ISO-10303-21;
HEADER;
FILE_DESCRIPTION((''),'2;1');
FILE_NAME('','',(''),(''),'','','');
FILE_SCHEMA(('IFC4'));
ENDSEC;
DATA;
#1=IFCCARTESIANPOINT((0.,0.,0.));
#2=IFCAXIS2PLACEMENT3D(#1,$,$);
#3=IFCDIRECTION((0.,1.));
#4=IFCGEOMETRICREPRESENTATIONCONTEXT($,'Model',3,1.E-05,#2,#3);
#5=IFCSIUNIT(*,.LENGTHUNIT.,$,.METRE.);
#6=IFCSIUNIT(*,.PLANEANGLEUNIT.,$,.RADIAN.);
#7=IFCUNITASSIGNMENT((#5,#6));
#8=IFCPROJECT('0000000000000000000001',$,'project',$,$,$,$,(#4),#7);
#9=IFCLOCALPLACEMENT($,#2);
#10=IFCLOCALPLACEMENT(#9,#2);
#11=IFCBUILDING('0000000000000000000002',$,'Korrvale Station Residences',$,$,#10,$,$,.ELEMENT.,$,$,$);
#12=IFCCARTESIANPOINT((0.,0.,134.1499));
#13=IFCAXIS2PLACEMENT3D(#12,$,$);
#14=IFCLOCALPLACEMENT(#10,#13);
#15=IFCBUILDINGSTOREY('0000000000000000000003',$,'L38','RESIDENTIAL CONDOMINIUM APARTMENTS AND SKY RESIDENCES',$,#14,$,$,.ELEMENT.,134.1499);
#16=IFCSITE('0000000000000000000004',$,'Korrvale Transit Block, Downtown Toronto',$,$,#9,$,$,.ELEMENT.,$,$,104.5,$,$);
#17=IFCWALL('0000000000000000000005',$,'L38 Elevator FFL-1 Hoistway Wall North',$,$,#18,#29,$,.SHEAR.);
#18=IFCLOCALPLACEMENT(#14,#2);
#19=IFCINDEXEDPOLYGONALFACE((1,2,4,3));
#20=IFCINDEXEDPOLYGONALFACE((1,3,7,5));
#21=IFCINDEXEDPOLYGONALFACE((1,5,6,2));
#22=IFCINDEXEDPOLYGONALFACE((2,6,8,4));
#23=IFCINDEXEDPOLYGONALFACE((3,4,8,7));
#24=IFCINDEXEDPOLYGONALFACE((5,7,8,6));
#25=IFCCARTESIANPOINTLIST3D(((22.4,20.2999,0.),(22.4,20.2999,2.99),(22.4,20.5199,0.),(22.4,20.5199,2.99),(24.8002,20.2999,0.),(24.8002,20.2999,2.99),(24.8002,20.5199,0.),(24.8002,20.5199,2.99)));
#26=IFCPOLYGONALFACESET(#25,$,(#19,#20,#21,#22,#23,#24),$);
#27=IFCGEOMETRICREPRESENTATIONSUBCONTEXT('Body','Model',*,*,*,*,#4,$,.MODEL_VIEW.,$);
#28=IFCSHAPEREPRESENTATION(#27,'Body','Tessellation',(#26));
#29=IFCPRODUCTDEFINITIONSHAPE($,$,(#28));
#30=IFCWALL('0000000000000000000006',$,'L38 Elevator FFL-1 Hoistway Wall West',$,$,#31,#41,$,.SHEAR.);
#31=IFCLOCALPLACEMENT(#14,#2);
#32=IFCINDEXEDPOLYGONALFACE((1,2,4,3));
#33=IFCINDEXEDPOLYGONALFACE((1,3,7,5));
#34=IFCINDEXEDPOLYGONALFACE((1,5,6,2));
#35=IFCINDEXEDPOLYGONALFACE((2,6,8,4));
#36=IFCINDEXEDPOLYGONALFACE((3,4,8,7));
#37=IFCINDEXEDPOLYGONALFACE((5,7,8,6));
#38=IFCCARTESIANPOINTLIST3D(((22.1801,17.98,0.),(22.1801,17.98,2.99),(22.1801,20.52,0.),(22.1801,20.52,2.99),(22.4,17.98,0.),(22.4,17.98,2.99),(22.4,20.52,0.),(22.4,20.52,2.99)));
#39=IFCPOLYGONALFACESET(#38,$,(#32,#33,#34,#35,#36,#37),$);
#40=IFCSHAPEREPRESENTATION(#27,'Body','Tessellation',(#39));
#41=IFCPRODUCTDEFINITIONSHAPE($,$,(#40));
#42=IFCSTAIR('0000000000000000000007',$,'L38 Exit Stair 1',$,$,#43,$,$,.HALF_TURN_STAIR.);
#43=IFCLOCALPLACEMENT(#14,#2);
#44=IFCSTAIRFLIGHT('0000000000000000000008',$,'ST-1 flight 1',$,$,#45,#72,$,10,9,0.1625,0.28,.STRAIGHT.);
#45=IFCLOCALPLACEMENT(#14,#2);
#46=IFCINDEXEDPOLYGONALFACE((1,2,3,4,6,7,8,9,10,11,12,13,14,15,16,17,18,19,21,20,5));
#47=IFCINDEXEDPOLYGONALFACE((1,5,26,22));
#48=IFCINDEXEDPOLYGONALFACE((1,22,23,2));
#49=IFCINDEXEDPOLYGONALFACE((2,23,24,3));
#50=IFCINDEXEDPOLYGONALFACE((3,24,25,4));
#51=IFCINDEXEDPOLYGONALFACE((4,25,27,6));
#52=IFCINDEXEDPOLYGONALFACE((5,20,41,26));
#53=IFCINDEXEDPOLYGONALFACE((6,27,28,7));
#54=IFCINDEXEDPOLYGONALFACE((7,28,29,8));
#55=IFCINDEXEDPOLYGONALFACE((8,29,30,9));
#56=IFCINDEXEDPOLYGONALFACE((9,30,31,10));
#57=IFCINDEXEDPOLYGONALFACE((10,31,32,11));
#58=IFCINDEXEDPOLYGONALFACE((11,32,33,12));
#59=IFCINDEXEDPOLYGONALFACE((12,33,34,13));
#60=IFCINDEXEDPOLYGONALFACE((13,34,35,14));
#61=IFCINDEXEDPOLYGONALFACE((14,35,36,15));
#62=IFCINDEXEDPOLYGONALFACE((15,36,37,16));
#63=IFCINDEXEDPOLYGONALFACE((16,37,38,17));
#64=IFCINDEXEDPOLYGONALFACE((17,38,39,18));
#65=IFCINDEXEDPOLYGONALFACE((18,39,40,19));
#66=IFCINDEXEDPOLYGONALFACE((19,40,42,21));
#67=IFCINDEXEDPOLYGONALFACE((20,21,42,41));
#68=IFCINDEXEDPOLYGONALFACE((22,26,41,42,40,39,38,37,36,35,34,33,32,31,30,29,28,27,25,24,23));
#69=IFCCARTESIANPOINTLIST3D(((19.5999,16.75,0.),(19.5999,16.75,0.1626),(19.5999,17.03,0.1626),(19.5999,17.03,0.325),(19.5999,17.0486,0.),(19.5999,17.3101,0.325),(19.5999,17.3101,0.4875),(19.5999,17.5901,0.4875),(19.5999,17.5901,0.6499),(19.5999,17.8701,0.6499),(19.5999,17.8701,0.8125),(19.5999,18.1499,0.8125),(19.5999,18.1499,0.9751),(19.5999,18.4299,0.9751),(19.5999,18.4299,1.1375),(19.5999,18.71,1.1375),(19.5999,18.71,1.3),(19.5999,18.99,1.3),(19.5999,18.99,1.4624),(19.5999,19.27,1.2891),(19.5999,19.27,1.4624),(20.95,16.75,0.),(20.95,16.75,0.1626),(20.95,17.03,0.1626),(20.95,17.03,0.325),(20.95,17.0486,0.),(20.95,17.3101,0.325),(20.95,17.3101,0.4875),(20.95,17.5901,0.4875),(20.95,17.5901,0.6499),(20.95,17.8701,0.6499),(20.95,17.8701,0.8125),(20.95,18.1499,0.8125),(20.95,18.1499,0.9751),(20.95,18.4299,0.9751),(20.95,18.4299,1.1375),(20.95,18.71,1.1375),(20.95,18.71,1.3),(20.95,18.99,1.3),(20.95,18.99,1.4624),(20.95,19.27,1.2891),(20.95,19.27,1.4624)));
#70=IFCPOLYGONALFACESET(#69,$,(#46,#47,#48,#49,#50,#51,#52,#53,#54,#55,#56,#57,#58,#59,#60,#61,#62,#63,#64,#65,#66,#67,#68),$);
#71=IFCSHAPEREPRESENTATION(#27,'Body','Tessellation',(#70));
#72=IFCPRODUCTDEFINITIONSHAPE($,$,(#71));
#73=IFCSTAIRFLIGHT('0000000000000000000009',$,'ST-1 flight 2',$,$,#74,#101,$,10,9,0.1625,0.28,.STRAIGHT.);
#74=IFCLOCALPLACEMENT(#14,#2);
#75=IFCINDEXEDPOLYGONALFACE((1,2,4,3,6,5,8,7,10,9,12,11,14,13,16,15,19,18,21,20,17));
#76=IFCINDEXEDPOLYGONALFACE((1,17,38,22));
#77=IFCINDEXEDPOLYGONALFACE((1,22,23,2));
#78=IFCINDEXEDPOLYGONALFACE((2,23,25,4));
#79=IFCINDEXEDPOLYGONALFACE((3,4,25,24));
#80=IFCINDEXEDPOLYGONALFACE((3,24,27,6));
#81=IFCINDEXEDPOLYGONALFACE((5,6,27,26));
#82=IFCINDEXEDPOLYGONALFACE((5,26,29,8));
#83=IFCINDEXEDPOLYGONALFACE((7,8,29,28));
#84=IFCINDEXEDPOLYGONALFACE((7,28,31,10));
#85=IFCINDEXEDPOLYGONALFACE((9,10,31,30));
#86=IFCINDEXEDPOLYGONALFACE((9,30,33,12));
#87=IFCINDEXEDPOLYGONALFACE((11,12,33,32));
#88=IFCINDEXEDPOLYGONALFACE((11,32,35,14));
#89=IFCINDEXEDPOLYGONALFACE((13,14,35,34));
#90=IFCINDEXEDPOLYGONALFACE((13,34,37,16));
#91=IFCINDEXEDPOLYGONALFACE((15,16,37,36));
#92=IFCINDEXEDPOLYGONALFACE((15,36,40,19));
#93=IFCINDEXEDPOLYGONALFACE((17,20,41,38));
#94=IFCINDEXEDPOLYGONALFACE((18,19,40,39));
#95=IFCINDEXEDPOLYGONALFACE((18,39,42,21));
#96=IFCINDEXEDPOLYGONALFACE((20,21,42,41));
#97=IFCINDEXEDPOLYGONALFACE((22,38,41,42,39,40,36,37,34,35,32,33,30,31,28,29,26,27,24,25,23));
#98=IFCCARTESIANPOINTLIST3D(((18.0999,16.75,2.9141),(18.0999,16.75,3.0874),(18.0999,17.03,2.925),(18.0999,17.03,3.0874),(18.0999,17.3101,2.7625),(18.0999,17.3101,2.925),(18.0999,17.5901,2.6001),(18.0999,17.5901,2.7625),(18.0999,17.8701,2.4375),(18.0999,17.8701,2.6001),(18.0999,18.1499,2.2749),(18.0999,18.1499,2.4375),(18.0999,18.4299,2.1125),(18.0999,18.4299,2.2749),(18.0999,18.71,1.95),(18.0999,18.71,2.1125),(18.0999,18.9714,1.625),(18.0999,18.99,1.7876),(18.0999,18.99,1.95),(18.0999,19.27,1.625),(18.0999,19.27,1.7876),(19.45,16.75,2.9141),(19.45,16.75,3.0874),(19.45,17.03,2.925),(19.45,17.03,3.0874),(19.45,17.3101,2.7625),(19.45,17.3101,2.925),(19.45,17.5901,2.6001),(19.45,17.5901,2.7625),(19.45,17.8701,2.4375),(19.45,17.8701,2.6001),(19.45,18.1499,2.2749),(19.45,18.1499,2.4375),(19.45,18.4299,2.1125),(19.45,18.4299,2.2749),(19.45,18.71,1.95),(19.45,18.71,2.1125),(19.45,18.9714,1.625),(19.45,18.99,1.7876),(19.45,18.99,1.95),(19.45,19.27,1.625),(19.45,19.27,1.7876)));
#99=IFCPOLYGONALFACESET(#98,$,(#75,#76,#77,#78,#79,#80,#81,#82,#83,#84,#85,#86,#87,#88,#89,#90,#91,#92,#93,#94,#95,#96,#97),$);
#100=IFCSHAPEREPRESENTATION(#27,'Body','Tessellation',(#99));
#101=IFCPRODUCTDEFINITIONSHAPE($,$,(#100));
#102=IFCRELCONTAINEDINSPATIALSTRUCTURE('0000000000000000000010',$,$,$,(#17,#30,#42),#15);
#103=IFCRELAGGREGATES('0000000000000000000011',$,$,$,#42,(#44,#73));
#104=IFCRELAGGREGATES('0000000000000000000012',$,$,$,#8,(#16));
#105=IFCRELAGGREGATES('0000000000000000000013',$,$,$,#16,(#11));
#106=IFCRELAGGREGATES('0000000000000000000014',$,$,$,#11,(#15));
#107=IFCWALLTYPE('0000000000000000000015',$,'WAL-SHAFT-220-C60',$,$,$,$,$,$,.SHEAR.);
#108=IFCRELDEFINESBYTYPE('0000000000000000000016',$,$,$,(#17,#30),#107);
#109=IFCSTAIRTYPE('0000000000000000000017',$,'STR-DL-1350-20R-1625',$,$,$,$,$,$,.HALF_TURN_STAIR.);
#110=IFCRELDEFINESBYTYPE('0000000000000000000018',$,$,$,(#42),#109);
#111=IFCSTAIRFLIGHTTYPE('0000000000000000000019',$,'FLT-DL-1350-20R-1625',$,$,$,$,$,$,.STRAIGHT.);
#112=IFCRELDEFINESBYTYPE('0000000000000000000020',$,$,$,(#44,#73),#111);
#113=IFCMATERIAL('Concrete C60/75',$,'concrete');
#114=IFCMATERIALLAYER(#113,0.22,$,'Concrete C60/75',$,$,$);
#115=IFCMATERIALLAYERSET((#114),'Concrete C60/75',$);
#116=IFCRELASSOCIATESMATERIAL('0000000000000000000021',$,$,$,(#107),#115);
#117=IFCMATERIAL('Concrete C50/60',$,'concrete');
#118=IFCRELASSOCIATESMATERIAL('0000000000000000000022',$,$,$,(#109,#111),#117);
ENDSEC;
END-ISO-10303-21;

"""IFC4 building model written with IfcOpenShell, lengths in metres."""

from ifc_helpers import new_model, si_unit, direction, frame, frame_2d, origin, place, context, subcontext, project, spatial, polyline, rectangle, outline, extrude, material, layer, layer_set, type_object, element, aggregate, save


model = new_model("IFC4")

# Units and contexts
model_context = context("Model", 3, precision=1e-05, world=origin(), true_north=direction((0.0, 1.0)))
body_context = subcontext(model_context, "Body", "Model", "MODEL_VIEW")
ifc_project = project(units=[si_unit("LENGTHUNIT", "METRE"), si_unit("PLANEANGLEUNIT", "RADIAN")], contexts=[model_context])

# Site, building, storey
site_placement = place(None, origin())
site = spatial("IfcSite", under=ifc_project, at=site_placement, Name="Korrvale Transit Block, Downtown Toronto", CompositionType="ELEMENT", RefElevation=104.5)
building_placement = place(site_placement, origin())
building = spatial("IfcBuilding", under=site, at=building_placement, Name="Korrvale Station Residences", CompositionType="ELEMENT")
storey_placement = place(building_placement, frame((0.0, 0.0, 134.1499)))
storey = spatial("IfcBuildingStorey", under=building, at=storey_placement, Name="L38", Description="RESIDENTIAL CONDOMINIUM APARTMENTS AND SKY RESIDENCES", CompositionType="ELEMENT", Elevation=134.1499)

# Shared definitions
ifc_material_1 = material(Name="Concrete C60/75", Category="concrete")

# Shared definitions
ifc_layer_1 = layer(ifc_material_1, 0.22, Name="Concrete C60/75")
ifc_layer_set_1 = layer_set([ifc_layer_1], Name="Concrete C60/75")
wall_type_1 = type_object("IfcWallType", Name="WAL-SHAFT-220-C60", PredefinedType="SHEAR", material=ifc_layer_set_1)

# Walls
wall_1_placement = place(storey_placement, frame((22.3999, 20.4099, 0.0), z_axis=(0.0, 0.0, 1.0), x_axis=(1.0, 0.0, 0.0)))
element("IfcWall", 1, at=wall_1_placement, inside=storey, type_object=wall_type_1, Name="L38 Elevator FFL-1 Hoistway Wall North", PredefinedType="SHEAR", context=body_context, shape_type="SweptSolid", body=[
    extrude(rectangle(XDim=2.4001, YDim=0.22, at=frame_2d((1.2002, 0.0))), origin(), (0.0, 0.0, 1.0), 2.99),
])
wall_2_placement = place(storey_placement, frame((22.29, 17.98, 0.0), z_axis=(0.0, 0.0, 1.0), x_axis=(0.0, 1.0, 0.0)))
element("IfcWall", 2, at=wall_2_placement, inside=storey, type_object=wall_type_1, Name="L38 Elevator FFL-1 Hoistway Wall West", PredefinedType="SHEAR", context=body_context, shape_type="SweptSolid", body=[
    extrude(rectangle(XDim=2.54, YDim=0.22, at=frame_2d((1.27, 0.0))), origin(), (0.0, 0.0, 1.0), 2.99),
])

# Stair, stair flights
ifc_material_2 = material(Name="Concrete C50/60", Category="concrete")
stair_type = type_object("IfcStairType", Name="STR-DL-1350-20R-1625", PredefinedType="HALF_TURN_STAIR", material=ifc_material_2)
stair_placement = place(storey_placement, origin())
stair = element("IfcStair", 3, at=stair_placement, inside=storey, type_object=stair_type, Name="L38 Exit Stair 1", PredefinedType="HALF_TURN_STAIR")
stair_flight_type = type_object("IfcStairFlightType", Name="FLT-DL-1350-20R-1625", PredefinedType="STRAIGHT", material=ifc_material_2)
stair_flight_1_placement = place(storey_placement, frame((20.2749, 16.75, 0.0), z_axis=(0.0, 0.0, 1.0), x_axis=(0.0, 1.0, 0.0)))
stair_flight_1 = element("IfcStairFlight", 4, at=stair_flight_1_placement, type_object=stair_flight_type, Name="ST-1 flight 1", NumberOfRisers=10, NumberOfTreads=9, PredefinedType="STRAIGHT", RiserHeight=0.1625, TreadLength=0.28, context=body_context, shape_type="SweptSolid", body=[
    extrude(outline(polyline([(0.0, 0.0), (0.0, 0.1626), (0.28, 0.1626), (0.28, 0.325), (0.5601, 0.325), (0.5601, 0.4875), (0.8401, 0.4875), (0.8401, 0.6499), (1.1201, 0.6499), (1.1201, 0.8125), (1.3999, 0.8125), (1.3999, 0.9751), (1.6799, 0.9751), (1.6799, 1.1375), (1.96, 1.1375), (1.96, 1.3), (2.24, 1.3), (2.24, 1.4624), (2.52, 1.4624), (2.52, 1.625), (2.52, 1.2891), (0.2986, 0.0), (0.0, 0.0)])), frame((0.0, 0.675, 0.0), z_axis=(0.0, -1.0, 0.0), x_axis=(1.0, 0.0, 0.0)), (0.0, 0.0, 1.0), 1.3501),
])
stair_flight_2_placement = place(storey_placement, frame((18.7749, 19.27, 1.625), z_axis=(0.0, 0.0, 1.0), x_axis=(0.0, -1.0, 0.0)))
stair_flight_2 = element("IfcStairFlight", 5, at=stair_flight_2_placement, type_object=stair_flight_type, Name="ST-1 flight 2", NumberOfRisers=10, NumberOfTreads=9, PredefinedType="STRAIGHT", RiserHeight=0.1625, TreadLength=0.28, context=body_context, shape_type="SweptSolid", body=[
    extrude(outline(polyline([(0.0, 0.0), (0.0, 0.1626), (0.28, 0.1626), (0.28, 0.325), (0.5601, 0.325), (0.5601, 0.4875), (0.8401, 0.4875), (0.8401, 0.6499), (1.1201, 0.6499), (1.1201, 0.8125), (1.3999, 0.8125), (1.3999, 0.9751), (1.6799, 0.9751), (1.6799, 1.1375), (1.96, 1.1375), (1.96, 1.3), (2.24, 1.3), (2.24, 1.4624), (2.52, 1.4624), (2.52, 1.625), (2.52, 1.2891), (0.2986, 0.0), (0.0, 0.0)])), frame((0.0, 0.675, 0.0), z_axis=(0.0, -1.0, 0.0), x_axis=(1.0, 0.0, 0.0)), (0.0, 0.0, 1.0), 1.3501),
])
aggregate(stair, [stair_flight_1, stair_flight_2])

save(model, "model.ifc")
